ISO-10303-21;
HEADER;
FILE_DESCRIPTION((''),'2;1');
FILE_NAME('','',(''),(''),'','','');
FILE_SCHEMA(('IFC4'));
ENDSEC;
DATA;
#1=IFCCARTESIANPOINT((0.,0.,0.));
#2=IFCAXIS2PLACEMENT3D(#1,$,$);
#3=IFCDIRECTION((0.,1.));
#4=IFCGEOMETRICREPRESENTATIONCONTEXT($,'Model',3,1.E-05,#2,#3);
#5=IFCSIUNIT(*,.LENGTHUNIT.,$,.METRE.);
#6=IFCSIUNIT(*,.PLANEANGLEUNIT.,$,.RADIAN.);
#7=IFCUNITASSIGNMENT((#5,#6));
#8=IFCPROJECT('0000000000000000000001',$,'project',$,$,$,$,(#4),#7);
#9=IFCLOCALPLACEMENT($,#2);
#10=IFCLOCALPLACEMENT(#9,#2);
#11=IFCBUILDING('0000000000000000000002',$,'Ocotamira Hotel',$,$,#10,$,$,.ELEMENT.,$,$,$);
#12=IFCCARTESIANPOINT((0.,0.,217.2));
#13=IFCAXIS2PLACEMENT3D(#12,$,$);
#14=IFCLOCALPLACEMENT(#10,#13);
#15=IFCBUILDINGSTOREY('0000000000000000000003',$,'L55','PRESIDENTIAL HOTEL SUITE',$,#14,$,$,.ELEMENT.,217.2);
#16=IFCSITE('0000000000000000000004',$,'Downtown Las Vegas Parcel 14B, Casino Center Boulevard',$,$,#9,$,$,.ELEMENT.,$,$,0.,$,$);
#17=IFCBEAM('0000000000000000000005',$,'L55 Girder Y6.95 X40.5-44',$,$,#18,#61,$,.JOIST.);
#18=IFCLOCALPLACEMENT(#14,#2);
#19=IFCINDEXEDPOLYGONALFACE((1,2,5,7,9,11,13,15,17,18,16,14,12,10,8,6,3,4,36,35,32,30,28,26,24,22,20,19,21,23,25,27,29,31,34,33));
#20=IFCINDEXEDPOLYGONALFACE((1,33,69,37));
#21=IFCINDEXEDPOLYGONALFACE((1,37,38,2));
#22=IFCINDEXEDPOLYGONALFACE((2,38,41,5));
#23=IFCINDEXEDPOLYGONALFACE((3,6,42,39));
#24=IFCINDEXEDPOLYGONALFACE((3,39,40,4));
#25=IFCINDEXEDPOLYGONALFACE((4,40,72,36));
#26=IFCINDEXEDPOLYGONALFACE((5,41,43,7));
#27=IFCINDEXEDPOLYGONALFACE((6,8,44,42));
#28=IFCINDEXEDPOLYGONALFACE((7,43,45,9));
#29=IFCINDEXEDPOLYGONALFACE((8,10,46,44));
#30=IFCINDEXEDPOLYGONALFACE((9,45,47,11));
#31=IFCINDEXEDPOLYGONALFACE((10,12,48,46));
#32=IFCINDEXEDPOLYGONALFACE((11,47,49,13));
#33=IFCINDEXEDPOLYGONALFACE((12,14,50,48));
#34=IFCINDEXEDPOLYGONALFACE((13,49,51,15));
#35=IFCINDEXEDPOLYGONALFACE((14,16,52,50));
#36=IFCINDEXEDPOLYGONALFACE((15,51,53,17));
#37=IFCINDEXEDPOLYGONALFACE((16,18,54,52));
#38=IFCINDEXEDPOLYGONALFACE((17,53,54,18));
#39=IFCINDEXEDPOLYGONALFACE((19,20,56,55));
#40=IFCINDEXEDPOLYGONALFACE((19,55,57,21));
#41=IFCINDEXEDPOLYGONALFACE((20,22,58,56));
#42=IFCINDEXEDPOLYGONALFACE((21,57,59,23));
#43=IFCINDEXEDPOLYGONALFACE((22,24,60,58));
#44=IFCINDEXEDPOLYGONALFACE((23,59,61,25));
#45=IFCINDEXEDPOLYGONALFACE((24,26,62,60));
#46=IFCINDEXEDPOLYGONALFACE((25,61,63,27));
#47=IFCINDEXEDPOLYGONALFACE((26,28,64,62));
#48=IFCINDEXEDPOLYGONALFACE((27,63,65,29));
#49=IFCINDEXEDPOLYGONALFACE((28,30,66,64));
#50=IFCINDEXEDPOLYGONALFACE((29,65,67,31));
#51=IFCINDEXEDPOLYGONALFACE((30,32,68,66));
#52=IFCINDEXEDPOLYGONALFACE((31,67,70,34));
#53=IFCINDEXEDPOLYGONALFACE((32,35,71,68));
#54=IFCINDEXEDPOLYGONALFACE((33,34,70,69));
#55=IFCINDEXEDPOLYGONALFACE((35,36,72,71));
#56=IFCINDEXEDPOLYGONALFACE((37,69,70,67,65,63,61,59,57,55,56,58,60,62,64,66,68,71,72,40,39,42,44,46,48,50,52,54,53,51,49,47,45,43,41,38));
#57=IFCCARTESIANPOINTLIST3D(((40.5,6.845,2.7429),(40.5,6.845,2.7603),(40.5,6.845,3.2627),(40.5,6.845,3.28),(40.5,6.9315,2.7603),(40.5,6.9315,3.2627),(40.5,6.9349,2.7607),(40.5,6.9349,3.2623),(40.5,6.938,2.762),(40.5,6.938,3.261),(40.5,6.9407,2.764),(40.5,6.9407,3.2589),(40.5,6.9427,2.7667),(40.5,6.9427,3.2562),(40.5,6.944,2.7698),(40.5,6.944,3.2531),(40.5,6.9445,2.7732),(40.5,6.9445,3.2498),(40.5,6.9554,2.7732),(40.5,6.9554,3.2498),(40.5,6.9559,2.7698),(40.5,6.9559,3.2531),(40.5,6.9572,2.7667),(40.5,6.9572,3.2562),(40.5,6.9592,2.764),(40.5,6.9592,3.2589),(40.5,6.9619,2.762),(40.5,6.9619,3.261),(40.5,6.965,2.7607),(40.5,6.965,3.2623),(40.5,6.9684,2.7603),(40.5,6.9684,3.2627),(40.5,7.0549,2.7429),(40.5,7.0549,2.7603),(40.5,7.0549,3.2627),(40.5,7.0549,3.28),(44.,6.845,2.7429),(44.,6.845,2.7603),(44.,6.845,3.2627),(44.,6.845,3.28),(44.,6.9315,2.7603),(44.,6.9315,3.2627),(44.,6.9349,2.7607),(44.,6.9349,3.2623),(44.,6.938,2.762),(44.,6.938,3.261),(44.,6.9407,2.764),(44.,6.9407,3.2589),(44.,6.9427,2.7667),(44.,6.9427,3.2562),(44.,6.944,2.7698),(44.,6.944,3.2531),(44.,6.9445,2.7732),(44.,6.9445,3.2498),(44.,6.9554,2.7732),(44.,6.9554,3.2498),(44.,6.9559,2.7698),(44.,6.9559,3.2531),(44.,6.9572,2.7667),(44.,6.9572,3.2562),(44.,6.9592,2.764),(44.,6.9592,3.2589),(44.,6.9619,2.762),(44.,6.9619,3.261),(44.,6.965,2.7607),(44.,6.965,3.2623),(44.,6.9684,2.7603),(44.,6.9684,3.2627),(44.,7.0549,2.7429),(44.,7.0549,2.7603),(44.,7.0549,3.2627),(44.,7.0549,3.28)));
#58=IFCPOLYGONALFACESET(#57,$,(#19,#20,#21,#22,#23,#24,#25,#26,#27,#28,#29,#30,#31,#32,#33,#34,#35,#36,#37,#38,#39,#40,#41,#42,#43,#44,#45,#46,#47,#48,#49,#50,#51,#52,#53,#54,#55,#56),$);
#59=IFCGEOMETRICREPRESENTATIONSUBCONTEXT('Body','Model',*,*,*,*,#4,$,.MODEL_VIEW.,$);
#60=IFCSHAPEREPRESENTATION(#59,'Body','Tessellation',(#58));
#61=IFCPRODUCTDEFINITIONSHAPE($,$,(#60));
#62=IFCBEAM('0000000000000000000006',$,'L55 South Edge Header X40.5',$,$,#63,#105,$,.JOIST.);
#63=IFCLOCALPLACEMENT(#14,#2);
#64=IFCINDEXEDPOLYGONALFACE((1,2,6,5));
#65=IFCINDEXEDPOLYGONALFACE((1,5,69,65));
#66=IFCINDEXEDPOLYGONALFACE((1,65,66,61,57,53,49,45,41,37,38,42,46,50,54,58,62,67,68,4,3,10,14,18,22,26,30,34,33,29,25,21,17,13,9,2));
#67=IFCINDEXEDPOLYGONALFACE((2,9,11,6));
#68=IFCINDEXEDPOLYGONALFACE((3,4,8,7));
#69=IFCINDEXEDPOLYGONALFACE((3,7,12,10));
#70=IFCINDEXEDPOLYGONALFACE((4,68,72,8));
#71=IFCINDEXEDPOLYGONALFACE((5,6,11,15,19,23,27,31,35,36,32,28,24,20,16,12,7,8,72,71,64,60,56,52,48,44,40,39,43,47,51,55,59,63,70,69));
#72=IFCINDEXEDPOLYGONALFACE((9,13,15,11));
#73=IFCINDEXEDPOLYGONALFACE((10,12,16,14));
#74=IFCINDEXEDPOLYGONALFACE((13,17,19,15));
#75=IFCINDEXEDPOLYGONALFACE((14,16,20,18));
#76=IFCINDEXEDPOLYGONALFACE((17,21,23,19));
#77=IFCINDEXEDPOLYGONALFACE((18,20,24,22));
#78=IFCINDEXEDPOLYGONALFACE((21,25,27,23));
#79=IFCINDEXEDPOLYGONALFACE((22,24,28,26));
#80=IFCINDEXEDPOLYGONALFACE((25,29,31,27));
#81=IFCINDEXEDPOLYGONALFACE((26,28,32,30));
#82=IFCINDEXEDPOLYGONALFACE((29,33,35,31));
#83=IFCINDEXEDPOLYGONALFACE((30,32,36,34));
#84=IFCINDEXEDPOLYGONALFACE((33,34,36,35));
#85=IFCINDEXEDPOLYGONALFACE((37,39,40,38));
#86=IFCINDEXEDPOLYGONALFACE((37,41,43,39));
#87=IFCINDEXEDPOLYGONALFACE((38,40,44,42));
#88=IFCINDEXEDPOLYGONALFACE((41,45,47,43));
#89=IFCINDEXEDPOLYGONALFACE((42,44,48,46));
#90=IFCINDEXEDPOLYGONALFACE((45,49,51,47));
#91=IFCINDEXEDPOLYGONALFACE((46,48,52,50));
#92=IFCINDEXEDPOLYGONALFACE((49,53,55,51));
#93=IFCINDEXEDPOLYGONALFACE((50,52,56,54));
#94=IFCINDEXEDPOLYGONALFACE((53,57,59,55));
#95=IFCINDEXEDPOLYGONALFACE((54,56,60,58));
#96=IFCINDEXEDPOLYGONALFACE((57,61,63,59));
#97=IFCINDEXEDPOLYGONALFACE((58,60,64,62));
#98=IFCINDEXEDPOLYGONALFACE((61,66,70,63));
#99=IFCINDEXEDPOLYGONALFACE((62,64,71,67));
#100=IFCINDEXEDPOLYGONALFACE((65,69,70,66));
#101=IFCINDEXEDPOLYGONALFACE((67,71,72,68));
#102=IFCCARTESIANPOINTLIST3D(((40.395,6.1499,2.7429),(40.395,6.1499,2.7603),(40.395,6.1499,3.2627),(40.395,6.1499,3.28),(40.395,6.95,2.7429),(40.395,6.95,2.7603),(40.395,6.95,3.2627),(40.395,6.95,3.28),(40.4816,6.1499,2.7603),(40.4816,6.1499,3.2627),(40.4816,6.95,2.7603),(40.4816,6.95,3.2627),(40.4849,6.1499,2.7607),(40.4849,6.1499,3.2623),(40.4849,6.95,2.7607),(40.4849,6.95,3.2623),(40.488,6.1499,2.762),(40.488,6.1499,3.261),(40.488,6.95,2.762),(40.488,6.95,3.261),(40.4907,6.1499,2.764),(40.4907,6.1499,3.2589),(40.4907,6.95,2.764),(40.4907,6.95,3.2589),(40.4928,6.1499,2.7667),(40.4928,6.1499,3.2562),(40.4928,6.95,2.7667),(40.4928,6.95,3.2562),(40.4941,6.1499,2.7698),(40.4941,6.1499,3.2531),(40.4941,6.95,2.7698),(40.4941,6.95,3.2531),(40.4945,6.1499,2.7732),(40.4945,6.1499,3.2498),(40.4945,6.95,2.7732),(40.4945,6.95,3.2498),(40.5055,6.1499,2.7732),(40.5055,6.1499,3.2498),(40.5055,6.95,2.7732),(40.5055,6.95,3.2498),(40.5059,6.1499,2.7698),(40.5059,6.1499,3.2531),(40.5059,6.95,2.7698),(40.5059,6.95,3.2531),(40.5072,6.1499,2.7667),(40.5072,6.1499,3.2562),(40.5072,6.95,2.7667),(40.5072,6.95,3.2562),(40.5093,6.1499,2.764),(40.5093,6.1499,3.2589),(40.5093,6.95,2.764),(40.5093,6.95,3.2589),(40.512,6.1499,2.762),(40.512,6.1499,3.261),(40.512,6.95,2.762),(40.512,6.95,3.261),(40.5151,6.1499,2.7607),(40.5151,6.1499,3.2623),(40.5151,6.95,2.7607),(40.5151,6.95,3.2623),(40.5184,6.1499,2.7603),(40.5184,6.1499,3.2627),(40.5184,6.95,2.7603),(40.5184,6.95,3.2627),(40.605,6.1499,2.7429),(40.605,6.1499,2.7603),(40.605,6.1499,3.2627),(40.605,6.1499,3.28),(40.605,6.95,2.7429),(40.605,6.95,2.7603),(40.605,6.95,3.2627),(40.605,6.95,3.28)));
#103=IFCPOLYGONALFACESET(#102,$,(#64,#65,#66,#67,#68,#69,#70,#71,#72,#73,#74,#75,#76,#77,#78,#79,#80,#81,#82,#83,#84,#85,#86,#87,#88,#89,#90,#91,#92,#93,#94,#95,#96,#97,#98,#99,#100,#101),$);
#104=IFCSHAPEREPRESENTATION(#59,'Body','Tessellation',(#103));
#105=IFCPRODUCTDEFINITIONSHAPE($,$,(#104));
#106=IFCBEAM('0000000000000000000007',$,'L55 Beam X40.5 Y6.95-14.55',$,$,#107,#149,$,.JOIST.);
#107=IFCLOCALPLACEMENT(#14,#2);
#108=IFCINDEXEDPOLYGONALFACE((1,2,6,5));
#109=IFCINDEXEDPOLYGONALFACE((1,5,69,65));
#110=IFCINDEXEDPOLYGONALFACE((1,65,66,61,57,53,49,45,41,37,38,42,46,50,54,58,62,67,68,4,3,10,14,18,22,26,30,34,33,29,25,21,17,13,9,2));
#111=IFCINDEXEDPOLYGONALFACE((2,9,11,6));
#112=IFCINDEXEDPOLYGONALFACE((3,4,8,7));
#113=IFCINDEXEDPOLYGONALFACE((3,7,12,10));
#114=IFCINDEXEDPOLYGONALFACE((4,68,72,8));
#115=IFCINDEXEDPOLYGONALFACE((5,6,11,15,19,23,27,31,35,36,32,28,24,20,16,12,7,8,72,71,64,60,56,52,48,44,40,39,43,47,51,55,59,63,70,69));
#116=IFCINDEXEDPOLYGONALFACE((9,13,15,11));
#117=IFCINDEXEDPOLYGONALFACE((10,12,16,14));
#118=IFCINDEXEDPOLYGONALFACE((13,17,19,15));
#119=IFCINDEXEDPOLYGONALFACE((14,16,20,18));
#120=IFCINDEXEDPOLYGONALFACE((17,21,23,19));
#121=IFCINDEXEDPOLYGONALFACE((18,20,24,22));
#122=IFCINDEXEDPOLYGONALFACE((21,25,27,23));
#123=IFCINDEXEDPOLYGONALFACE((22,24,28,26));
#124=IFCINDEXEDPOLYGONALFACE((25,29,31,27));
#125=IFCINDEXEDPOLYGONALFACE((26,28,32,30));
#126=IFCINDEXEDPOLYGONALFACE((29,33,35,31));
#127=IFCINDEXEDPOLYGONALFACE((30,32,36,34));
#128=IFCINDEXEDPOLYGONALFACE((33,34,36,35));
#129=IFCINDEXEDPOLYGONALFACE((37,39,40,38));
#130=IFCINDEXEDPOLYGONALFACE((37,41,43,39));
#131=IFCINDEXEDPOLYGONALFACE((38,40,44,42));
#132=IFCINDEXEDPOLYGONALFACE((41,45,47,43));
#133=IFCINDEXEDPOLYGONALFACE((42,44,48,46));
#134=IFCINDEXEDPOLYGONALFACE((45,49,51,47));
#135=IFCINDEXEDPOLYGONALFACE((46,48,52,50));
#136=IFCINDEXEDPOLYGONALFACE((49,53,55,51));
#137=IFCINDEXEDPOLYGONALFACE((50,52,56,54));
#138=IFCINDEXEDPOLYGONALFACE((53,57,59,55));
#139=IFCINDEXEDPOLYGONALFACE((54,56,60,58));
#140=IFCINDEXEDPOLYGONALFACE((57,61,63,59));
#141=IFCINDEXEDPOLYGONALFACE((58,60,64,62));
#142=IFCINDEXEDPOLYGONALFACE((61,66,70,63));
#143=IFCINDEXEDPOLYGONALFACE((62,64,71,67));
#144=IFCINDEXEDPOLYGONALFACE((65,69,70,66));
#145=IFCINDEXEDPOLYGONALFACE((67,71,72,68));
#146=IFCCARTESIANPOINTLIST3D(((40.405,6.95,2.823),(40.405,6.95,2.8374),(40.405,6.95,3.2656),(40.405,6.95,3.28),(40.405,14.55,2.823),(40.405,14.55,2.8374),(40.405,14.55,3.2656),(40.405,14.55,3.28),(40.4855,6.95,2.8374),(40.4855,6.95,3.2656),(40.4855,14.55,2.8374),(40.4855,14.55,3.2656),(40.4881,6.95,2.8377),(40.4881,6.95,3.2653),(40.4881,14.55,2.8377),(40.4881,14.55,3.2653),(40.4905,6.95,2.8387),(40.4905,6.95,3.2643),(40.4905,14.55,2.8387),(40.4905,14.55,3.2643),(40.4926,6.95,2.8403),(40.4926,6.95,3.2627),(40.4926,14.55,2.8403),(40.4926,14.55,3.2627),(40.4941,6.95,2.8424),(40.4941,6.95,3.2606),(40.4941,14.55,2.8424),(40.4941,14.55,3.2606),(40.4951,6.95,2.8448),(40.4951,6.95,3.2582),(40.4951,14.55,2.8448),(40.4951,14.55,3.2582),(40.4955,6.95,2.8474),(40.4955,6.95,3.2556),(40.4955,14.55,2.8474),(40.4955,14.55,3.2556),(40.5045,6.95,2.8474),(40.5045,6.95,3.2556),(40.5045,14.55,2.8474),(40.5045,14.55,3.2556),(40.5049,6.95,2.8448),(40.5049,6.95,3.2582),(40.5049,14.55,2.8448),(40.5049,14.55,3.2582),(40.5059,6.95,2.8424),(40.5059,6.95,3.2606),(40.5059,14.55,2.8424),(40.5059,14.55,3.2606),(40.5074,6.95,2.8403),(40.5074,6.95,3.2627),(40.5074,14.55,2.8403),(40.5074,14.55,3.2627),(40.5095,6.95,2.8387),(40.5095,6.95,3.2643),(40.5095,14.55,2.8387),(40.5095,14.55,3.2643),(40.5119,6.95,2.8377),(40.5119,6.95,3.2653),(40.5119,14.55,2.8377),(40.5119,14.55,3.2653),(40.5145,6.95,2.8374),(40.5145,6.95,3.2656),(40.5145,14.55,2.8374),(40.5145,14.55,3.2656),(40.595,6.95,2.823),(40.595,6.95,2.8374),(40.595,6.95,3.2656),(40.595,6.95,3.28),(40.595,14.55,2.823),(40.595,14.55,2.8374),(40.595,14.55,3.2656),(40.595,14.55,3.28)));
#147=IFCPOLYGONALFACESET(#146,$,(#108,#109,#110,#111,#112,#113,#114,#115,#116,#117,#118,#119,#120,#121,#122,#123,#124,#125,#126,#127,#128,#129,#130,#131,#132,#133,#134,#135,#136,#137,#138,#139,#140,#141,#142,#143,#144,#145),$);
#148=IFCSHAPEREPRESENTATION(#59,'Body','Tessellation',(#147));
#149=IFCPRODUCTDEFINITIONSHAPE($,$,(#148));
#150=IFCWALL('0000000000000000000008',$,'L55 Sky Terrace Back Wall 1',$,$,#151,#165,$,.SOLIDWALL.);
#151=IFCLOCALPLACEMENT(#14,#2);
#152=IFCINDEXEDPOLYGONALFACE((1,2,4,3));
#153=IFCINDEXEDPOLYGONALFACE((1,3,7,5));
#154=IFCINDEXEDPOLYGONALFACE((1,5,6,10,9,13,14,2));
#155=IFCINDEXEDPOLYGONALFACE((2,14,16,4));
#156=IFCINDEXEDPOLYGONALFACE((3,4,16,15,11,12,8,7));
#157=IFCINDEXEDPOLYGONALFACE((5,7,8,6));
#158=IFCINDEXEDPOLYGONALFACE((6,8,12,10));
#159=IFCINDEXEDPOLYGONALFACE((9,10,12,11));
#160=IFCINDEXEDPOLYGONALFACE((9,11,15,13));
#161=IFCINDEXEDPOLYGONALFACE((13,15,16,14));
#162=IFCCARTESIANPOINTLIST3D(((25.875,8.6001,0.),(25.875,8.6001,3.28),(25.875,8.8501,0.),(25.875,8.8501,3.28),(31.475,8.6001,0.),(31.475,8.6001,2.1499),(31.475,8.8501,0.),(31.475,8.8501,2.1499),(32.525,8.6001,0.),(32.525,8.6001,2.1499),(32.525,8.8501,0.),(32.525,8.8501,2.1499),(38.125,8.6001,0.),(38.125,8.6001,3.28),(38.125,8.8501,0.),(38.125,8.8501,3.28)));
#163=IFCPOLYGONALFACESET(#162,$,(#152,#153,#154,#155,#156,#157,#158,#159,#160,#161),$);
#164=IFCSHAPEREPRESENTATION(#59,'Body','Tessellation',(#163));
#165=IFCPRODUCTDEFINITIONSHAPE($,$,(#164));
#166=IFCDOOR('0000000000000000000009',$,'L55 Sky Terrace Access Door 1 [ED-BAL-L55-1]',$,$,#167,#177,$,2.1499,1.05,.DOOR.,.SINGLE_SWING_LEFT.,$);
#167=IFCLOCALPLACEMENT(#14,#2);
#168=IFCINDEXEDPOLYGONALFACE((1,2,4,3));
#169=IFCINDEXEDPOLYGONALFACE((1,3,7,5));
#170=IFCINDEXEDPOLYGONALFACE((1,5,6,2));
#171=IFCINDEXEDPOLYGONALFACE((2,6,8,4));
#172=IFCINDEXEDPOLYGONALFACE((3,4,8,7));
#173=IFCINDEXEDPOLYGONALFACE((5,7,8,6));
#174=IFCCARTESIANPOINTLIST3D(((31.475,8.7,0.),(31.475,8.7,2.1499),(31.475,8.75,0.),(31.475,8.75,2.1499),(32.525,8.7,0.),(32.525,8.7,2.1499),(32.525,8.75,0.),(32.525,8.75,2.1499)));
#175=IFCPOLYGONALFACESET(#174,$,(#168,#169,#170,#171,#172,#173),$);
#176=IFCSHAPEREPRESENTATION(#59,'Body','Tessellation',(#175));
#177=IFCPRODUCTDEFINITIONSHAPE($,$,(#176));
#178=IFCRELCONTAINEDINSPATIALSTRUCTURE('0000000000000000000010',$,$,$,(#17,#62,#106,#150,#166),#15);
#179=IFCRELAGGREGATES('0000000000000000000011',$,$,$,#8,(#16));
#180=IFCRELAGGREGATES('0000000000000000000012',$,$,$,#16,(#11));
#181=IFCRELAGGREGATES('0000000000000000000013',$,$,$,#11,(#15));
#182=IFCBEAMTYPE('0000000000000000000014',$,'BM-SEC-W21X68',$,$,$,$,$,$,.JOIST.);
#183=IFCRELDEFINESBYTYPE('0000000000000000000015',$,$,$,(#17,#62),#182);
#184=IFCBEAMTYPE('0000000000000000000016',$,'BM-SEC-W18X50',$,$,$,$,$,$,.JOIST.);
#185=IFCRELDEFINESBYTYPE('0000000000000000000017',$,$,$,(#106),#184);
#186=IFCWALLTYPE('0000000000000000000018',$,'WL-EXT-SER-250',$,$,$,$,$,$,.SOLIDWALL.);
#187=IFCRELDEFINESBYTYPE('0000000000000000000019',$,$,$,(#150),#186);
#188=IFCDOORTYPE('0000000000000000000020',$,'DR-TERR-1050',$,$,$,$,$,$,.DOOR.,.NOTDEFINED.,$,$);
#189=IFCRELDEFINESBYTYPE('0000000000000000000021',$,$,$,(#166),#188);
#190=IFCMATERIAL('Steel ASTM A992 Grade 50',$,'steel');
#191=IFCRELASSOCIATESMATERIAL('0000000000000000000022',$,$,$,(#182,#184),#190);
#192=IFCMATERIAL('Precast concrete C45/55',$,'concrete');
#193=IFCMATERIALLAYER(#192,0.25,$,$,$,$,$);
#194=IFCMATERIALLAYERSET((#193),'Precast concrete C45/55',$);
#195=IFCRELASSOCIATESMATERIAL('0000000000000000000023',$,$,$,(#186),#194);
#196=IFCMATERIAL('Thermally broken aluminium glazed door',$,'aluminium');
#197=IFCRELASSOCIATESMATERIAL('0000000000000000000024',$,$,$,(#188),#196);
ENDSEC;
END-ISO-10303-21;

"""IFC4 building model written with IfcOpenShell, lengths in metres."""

from ifc_helpers import new_model, si_unit, direction, frame, frame_2d, origin, origin_2d, place, context, subcontext, project, spatial, rectangle, i_section, extrude, source, transform, mapped, material, layer, layer_set, material_profile, profile_set, type_object, element, fill, save


model = new_model("IFC4")

# Units and contexts
model_context = context("Model", 3, precision=1e-05, world=origin(), true_north=direction((0.0, 1.0)))
body_context = subcontext(model_context, "Body", "Model", "MODEL_VIEW")
ifc_project = project(units=[si_unit("LENGTHUNIT", "METRE"), si_unit("PLANEANGLEUNIT", "RADIAN")], contexts=[model_context])

# Site, building, storey
site_placement = place(None, origin())
site = spatial("IfcSite", under=ifc_project, at=site_placement, Name="Downtown Las Vegas Parcel 14B, Casino Center Boulevard", CompositionType="ELEMENT", RefElevation=0.0)
building_placement = place(site_placement, origin())
building = spatial("IfcBuilding", under=site, at=building_placement, Name="Ocotamira Hotel", CompositionType="ELEMENT")
storey_placement = place(building_placement, frame((0.0, 0.0, 217.2)))
storey = spatial("IfcBuildingStorey", under=building, at=storey_placement, Name="L55", Description="PRESIDENTIAL HOTEL SUITE", CompositionType="ELEMENT", Elevation=217.2)

# Beams
ifc_material_1 = material(Name="Steel ASTM A992 Grade 50", Category="steel")
ifc_material_profile_1 = material_profile(ifc_material_1, i_section(OverallWidth=0.21, OverallDepth=0.5371, WebThickness=0.011, FlangeThickness=0.0173, FilletRadius=0.0129, at=origin_2d()), Name="W21X68")
ifc_profile_set_1 = profile_set([ifc_material_profile_1], Name="Steel ASTM A992 Grade 50")
beam_type_1 = type_object("IfcBeamType", Name="BM-SEC-W21X68", PredefinedType="JOIST", material=ifc_profile_set_1)
shared_shape_1 = source(origin(), body_context, "Body", "SweptSolid", [
    extrude(i_section(OverallWidth=0.21, OverallDepth=0.5371, WebThickness=0.011, FlangeThickness=0.0173, FilletRadius=0.0129, at=origin_2d()), origin(), (0.0, 0.0, 1.0), 3.5),
])
beam_1_placement = place(storey_placement, frame((40.5, 6.95, 3.0115), z_axis=(1.0, 0.0, 0.0), x_axis=(0.0, 1.0, 0.0)))
element("IfcBeam", 1, at=beam_1_placement, inside=storey, type_object=beam_type_1, Name="L55 Girder Y6.95 X40.5-44", PredefinedType="JOIST", context=body_context, shape_type="MappedRepresentation", body=[
    mapped(shared_shape_1, transform((0.0, 0.0, 0.0), scale=1.0)),
])
shared_shape_2 = source(origin(), body_context, "Body", "SweptSolid", [
    extrude(i_section(OverallWidth=0.21, OverallDepth=0.5371, WebThickness=0.011, FlangeThickness=0.0173, FilletRadius=0.0129, at=origin_2d()), origin(), (0.0, 0.0, 1.0), 0.8),
])
beam_2_placement = place(storey_placement, frame((40.5, 6.95, 3.0115), z_axis=(0.0, -1.0, 0.0), x_axis=(1.0, 0.0, 0.0)))
element("IfcBeam", 2, at=beam_2_placement, inside=storey, type_object=beam_type_1, Name="L55 South Edge Header X40.5", PredefinedType="JOIST", context=body_context, shape_type="MappedRepresentation", body=[
    mapped(shared_shape_2, transform((0.0, 0.0, 0.0), scale=1.0)),
])
ifc_material_profile_2 = material_profile(ifc_material_1, i_section(OverallWidth=0.1899, OverallDepth=0.457, WebThickness=0.009, FlangeThickness=0.0144, FilletRadius=0.01, at=origin_2d()), Name="W18X50")
ifc_profile_set_2 = profile_set([ifc_material_profile_2], Name="Steel ASTM A992 Grade 50")
beam_type_2 = type_object("IfcBeamType", Name="BM-SEC-W18X50", PredefinedType="JOIST", material=ifc_profile_set_2)
shared_shape_3 = source(origin(), body_context, "Body", "SweptSolid", [
    extrude(i_section(OverallWidth=0.1899, OverallDepth=0.457, WebThickness=0.009, FlangeThickness=0.0144, FilletRadius=0.01, at=origin_2d()), origin(), (0.0, 0.0, 1.0), 7.6001),
])
beam_3_placement = place(storey_placement, frame((40.5, 6.95, 3.0515), z_axis=(0.0, 1.0, 0.0), x_axis=(-1.0, 0.0, 0.0)))
element("IfcBeam", 3, at=beam_3_placement, inside=storey, type_object=beam_type_2, Name="L55 Beam X40.5 Y6.95-14.55", PredefinedType="JOIST", context=body_context, shape_type="MappedRepresentation", body=[
    mapped(shared_shape_3, transform((0.0, 0.0, 0.0), scale=1.0)),
])

# Wall, opening, door
ifc_material_2 = material(Name="Precast concrete C45/55", Category="concrete")
ifc_layer_1 = layer(ifc_material_2, 0.25)
ifc_layer_set_1 = layer_set([ifc_layer_1], Name="Precast concrete C45/55")
wall_type_1 = type_object("IfcWallType", Name="WL-EXT-SER-250", PredefinedType="SOLIDWALL", material=ifc_layer_set_1)
wall_1_placement = place(storey_placement, frame((25.875, 8.7251, 0.0), z_axis=(0.0, 0.0, 1.0), x_axis=(1.0, 0.0, 0.0)))
wall_1 = element("IfcWall", 4, at=wall_1_placement, inside=storey, type_object=wall_type_1, Name="L55 Sky Terrace Back Wall 1", PredefinedType="SOLIDWALL", context=body_context, shape_type="SweptSolid", body=[
    extrude(rectangle(XDim=12.25, YDim=0.25, at=frame_2d((6.125, 0.0))), origin(), (0.0, 0.0, 1.0), 3.28),
])
opening_1_placement = place(wall_1_placement, frame((5.6001, 0.0, 0.0)))
opening_1 = element("IfcOpeningElement", 5, at=opening_1_placement, cuts=wall_1, PredefinedType="OPENING", context=body_context, shape_type="SweptSolid", body=[
    extrude(rectangle(XDim=1.05, YDim=2.1499, at=frame_2d((0.5249, 1.075))), frame((0.0, 0.135, 0.0), z_axis=(0.0, -1.0, 0.0), x_axis=(1.0, 0.0, 0.0)), (0.0, 0.0, 1.0), 0.27),
])
ifc_material_3 = material(Name="Thermally broken aluminium glazed door", Category="aluminium")
door_type_1 = type_object("IfcDoorType", Name="DR-TERR-1050", OperationType="NOTDEFINED", PredefinedType="DOOR", material=ifc_material_3)
shared_shape_4 = source(origin(), body_context, "Body", "SweptSolid", [
    extrude(rectangle(XDim=1.05, YDim=2.1499, at=frame_2d((0.5249, 1.075))), frame((0.0, 0.0249, 0.0), z_axis=(0.0, -1.0, 0.0), x_axis=(1.0, 0.0, 0.0)), (0.0, 0.0, 1.0), 0.05),
])
door_1_placement = place(opening_1_placement, origin())
door_1 = element("IfcDoor", 6, at=door_1_placement, inside=storey, type_object=door_type_1, Name="L55 Sky Terrace Access Door 1 [ED-BAL-L55-1]", OperationType="SINGLE_SWING_LEFT", OverallHeight=2.1499, OverallWidth=1.05, PredefinedType="DOOR", context=body_context, shape_type="MappedRepresentation", body=[
    mapped(shared_shape_4, transform((0.0, 0.0, 0.0), scale=1.0)),
])
fill(opening_1, door_1)

save(model, "model.ifc")
